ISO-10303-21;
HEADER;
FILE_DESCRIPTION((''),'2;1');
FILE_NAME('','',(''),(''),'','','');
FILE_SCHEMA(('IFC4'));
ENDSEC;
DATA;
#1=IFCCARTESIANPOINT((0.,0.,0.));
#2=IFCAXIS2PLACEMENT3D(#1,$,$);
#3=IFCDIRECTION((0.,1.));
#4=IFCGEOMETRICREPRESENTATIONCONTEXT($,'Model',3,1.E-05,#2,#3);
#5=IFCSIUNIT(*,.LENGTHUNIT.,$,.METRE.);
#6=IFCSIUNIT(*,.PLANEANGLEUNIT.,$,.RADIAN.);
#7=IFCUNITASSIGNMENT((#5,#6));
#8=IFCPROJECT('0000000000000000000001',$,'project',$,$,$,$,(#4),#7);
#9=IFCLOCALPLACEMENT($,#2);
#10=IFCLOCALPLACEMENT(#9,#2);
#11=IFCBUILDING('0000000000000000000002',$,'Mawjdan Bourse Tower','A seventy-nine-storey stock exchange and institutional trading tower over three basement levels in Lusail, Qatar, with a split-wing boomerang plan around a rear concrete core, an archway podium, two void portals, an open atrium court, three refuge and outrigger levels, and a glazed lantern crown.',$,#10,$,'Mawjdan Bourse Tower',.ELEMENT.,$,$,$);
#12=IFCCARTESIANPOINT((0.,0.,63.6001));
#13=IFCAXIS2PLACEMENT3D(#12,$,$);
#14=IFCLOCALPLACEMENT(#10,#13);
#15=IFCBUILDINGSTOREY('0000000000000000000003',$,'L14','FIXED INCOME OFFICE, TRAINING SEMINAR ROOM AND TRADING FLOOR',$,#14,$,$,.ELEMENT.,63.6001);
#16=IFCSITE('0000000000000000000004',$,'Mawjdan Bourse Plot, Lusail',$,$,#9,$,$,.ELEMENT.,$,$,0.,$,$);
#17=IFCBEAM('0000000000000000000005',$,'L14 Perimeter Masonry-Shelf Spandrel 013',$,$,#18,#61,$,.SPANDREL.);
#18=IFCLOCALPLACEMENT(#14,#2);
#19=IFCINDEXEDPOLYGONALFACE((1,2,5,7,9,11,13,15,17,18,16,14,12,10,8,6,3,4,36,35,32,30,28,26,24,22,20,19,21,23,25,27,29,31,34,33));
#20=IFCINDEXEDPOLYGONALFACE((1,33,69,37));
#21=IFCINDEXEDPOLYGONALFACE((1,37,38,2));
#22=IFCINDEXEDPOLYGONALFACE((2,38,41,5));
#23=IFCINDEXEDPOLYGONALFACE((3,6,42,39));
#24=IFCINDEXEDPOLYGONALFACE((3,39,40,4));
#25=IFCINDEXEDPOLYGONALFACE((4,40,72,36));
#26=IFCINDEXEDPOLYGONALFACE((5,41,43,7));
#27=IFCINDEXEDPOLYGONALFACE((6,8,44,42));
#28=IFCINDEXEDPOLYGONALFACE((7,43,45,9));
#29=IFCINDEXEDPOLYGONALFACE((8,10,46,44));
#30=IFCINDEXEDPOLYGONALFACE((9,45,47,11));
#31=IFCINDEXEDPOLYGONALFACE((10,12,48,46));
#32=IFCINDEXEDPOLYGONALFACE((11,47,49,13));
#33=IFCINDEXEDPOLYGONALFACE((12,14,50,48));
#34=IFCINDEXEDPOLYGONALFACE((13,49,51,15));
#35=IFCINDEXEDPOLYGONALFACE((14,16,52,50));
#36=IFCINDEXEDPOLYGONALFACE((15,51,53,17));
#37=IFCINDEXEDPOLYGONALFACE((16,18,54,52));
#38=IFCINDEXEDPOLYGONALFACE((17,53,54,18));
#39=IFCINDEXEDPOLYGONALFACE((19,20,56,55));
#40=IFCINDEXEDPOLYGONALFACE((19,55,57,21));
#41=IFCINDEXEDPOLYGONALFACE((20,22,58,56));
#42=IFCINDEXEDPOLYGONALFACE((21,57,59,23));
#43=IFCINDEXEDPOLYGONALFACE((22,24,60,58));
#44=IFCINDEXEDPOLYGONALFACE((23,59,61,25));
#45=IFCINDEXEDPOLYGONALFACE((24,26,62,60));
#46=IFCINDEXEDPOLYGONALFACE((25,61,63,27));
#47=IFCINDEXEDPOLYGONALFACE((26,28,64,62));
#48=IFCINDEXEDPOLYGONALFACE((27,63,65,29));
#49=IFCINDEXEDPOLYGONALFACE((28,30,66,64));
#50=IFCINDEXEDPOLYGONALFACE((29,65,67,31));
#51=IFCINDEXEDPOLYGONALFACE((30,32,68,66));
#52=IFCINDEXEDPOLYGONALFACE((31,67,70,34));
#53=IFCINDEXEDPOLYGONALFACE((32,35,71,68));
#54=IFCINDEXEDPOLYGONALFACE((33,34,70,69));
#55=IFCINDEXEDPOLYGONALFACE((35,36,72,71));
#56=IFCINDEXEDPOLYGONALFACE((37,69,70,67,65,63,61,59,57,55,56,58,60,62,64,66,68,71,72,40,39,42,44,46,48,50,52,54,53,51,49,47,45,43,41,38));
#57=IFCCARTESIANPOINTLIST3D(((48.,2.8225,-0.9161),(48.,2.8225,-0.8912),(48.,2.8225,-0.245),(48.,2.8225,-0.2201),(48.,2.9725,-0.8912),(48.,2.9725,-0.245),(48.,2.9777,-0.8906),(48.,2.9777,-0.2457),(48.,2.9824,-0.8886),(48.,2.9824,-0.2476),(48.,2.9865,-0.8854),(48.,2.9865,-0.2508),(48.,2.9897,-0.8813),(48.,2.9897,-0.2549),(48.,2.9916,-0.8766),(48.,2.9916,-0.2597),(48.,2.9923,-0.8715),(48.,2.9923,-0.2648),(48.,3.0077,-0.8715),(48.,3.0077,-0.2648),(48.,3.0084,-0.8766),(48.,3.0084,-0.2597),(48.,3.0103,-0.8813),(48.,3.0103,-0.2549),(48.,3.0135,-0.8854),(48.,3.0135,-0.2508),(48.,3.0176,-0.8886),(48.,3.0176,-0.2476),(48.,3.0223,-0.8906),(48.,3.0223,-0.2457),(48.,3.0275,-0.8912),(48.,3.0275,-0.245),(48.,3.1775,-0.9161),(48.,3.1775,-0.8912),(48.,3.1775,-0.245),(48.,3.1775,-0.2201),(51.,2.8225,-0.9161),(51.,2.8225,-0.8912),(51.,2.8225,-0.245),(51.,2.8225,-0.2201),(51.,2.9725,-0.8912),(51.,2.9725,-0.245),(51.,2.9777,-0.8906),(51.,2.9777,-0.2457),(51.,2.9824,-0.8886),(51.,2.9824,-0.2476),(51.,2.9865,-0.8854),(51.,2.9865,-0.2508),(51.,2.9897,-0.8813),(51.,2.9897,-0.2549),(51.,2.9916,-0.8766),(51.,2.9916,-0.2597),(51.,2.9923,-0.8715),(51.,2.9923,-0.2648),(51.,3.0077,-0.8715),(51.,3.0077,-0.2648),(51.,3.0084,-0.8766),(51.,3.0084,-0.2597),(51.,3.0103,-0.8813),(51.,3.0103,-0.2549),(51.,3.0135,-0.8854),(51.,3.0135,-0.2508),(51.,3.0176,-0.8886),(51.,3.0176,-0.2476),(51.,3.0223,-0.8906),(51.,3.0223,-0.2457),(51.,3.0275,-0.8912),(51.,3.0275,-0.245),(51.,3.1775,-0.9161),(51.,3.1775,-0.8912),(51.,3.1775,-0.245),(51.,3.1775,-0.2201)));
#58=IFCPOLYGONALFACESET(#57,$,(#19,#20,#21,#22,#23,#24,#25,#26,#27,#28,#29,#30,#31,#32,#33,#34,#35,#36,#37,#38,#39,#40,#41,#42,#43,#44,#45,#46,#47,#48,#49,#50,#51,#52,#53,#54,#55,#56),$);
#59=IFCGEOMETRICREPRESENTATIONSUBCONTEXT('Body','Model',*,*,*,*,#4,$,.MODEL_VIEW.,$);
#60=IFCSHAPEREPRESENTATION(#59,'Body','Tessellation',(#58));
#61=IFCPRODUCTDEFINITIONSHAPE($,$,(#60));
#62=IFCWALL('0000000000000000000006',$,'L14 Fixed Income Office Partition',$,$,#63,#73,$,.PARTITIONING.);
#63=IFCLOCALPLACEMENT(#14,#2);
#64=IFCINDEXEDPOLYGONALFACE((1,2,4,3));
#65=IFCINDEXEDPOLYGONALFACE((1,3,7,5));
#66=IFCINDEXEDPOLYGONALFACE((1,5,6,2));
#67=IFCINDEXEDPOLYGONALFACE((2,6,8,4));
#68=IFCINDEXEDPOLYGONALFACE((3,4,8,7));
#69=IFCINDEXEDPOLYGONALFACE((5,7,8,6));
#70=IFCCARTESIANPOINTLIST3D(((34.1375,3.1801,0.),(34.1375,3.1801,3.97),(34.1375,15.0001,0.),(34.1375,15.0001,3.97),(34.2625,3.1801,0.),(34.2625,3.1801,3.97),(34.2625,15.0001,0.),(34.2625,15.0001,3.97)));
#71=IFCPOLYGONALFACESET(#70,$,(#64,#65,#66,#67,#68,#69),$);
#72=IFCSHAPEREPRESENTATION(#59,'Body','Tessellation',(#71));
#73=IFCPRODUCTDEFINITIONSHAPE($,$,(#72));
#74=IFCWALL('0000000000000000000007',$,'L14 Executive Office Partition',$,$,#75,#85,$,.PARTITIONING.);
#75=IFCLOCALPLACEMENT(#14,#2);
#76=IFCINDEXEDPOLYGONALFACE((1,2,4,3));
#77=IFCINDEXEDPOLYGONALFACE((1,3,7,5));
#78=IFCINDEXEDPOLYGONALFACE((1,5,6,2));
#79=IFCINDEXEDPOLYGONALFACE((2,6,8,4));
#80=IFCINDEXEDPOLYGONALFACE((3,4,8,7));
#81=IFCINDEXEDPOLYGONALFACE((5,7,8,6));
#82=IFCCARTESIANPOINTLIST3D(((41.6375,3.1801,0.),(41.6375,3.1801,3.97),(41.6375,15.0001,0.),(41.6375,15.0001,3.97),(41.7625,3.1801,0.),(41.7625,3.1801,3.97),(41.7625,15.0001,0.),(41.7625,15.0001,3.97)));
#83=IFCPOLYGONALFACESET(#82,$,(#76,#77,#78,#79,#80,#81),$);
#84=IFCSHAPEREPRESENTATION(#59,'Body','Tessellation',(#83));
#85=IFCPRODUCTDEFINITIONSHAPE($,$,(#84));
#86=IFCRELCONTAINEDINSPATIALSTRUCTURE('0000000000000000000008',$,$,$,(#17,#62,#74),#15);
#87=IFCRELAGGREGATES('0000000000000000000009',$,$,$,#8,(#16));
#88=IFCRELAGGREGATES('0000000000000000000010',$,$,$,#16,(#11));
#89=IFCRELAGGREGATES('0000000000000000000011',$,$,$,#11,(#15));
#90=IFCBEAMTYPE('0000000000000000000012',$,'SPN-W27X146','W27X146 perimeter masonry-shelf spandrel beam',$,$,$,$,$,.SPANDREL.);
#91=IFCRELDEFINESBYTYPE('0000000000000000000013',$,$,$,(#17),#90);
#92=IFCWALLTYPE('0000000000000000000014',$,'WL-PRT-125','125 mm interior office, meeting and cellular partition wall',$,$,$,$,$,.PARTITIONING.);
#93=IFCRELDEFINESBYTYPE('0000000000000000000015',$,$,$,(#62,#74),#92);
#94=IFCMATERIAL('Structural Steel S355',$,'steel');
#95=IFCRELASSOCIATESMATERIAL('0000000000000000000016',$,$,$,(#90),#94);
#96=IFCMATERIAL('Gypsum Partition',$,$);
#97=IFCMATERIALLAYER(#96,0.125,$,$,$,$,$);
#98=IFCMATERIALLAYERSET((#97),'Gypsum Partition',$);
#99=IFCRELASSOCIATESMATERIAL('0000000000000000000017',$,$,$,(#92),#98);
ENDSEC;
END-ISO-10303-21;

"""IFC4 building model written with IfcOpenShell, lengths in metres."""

from ifc_helpers import new_model, si_unit, direction, frame, frame_2d, origin, origin_2d, place, context, subcontext, project, spatial, rectangle, i_section, extrude, material, layer, layer_set, material_profile, profile_set, type_object, element, save


model = new_model("IFC4")

# Units and contexts
model_context = context("Model", 3, precision=1e-05, world=origin(), true_north=direction((0.0, 1.0)))
body_context = subcontext(model_context, "Body", "Model", "MODEL_VIEW")
ifc_project = project(units=[si_unit("LENGTHUNIT", "METRE"), si_unit("PLANEANGLEUNIT", "RADIAN")], contexts=[model_context])

# Site, building, storey
site_placement = place(None, origin())
site = spatial("IfcSite", under=ifc_project, at=site_placement, Name="Mawjdan Bourse Plot, Lusail", CompositionType="ELEMENT", RefElevation=0.0)
building_placement = place(site_placement, origin())
building = spatial("IfcBuilding", under=site, at=building_placement, Name="Mawjdan Bourse Tower", Description="A seventy-nine-storey stock exchange and institutional trading tower over three basement levels in Lusail, Qatar, with a split-wing boomerang plan around a rear concrete core, an archway podium, two void portals, an open atrium court, three refuge and outrigger levels, and a glazed lantern crown.", LongName="Mawjdan Bourse Tower", CompositionType="ELEMENT")
storey_placement = place(building_placement, frame((0.0, 0.0, 63.6001)))
storey = spatial("IfcBuildingStorey", under=building, at=storey_placement, Name="L14", Description="FIXED INCOME OFFICE, TRAINING SEMINAR ROOM AND TRADING FLOOR", CompositionType="ELEMENT", Elevation=63.6001)

# Beam
ifc_material_1 = material(Name="Structural Steel S355", Category="steel")
ifc_material_profile_1 = material_profile(ifc_material_1, i_section(OverallWidth=0.355, OverallDepth=0.696, WebThickness=0.0154, FlangeThickness=0.0249, FilletRadius=0.0198, at=origin_2d()), Name="W27X146")
ifc_profile_set_1 = profile_set([ifc_material_profile_1], Name="Structural Steel S355")
beam_type_1 = type_object("IfcBeamType", Name="SPN-W27X146", Description="W27X146 perimeter masonry-shelf spandrel beam", PredefinedType="SPANDREL", material=ifc_profile_set_1)
beam_1_placement = place(storey_placement, frame((48.0, 3.0, -0.5681), z_axis=(1.0, 0.0, 0.0), x_axis=(0.0, 1.0, 0.0)))
element("IfcBeam", 1, at=beam_1_placement, inside=storey, type_object=beam_type_1, Name="L14 Perimeter Masonry-Shelf Spandrel 013", PredefinedType="SPANDREL", context=body_context, shape_type="SweptSolid", body=[
    extrude(i_section(OverallWidth=0.355, OverallDepth=0.696, WebThickness=0.0154, FlangeThickness=0.0249, FilletRadius=0.0198, at=origin_2d()), origin(), (0.0, 0.0, 1.0), 3.0),
])

# Walls
ifc_material_2 = material(Name="Gypsum Partition")
ifc_layer = layer(ifc_material_2, 0.125)
ifc_layer_set = layer_set([ifc_layer], Name="Gypsum Partition")
wall_type = type_object("IfcWallType", Name="WL-PRT-125", Description="125 mm interior office, meeting and cellular partition wall", PredefinedType="PARTITIONING", material=ifc_layer_set)
for number, where, z_axis, x_axis, name in (
    (2, (34.2, 3.1799, 0.0), (0.0, 0.0, 1.0), (0.0, 1.0, 0.0), "L14 Fixed Income Office Partition"),
    (3, (41.7, 3.1799, 0.0), (0.0, 0.0, 1.0), (0.0, 1.0, 0.0), "L14 Executive Office Partition"),
):
    element("IfcWall", number, at=place(storey_placement, frame(where, z_axis=z_axis, x_axis=x_axis)), inside=storey, type_object=wall_type, Name=name, PredefinedType="PARTITIONING", context=body_context, shape_type="SweptSolid", body=[
        extrude(rectangle(XDim=11.8201, YDim=0.125, at=frame_2d((5.9102, 0.0))), origin(), (0.0, 0.0, 1.0), 3.97),
    ])

save(model, "model.ifc")
